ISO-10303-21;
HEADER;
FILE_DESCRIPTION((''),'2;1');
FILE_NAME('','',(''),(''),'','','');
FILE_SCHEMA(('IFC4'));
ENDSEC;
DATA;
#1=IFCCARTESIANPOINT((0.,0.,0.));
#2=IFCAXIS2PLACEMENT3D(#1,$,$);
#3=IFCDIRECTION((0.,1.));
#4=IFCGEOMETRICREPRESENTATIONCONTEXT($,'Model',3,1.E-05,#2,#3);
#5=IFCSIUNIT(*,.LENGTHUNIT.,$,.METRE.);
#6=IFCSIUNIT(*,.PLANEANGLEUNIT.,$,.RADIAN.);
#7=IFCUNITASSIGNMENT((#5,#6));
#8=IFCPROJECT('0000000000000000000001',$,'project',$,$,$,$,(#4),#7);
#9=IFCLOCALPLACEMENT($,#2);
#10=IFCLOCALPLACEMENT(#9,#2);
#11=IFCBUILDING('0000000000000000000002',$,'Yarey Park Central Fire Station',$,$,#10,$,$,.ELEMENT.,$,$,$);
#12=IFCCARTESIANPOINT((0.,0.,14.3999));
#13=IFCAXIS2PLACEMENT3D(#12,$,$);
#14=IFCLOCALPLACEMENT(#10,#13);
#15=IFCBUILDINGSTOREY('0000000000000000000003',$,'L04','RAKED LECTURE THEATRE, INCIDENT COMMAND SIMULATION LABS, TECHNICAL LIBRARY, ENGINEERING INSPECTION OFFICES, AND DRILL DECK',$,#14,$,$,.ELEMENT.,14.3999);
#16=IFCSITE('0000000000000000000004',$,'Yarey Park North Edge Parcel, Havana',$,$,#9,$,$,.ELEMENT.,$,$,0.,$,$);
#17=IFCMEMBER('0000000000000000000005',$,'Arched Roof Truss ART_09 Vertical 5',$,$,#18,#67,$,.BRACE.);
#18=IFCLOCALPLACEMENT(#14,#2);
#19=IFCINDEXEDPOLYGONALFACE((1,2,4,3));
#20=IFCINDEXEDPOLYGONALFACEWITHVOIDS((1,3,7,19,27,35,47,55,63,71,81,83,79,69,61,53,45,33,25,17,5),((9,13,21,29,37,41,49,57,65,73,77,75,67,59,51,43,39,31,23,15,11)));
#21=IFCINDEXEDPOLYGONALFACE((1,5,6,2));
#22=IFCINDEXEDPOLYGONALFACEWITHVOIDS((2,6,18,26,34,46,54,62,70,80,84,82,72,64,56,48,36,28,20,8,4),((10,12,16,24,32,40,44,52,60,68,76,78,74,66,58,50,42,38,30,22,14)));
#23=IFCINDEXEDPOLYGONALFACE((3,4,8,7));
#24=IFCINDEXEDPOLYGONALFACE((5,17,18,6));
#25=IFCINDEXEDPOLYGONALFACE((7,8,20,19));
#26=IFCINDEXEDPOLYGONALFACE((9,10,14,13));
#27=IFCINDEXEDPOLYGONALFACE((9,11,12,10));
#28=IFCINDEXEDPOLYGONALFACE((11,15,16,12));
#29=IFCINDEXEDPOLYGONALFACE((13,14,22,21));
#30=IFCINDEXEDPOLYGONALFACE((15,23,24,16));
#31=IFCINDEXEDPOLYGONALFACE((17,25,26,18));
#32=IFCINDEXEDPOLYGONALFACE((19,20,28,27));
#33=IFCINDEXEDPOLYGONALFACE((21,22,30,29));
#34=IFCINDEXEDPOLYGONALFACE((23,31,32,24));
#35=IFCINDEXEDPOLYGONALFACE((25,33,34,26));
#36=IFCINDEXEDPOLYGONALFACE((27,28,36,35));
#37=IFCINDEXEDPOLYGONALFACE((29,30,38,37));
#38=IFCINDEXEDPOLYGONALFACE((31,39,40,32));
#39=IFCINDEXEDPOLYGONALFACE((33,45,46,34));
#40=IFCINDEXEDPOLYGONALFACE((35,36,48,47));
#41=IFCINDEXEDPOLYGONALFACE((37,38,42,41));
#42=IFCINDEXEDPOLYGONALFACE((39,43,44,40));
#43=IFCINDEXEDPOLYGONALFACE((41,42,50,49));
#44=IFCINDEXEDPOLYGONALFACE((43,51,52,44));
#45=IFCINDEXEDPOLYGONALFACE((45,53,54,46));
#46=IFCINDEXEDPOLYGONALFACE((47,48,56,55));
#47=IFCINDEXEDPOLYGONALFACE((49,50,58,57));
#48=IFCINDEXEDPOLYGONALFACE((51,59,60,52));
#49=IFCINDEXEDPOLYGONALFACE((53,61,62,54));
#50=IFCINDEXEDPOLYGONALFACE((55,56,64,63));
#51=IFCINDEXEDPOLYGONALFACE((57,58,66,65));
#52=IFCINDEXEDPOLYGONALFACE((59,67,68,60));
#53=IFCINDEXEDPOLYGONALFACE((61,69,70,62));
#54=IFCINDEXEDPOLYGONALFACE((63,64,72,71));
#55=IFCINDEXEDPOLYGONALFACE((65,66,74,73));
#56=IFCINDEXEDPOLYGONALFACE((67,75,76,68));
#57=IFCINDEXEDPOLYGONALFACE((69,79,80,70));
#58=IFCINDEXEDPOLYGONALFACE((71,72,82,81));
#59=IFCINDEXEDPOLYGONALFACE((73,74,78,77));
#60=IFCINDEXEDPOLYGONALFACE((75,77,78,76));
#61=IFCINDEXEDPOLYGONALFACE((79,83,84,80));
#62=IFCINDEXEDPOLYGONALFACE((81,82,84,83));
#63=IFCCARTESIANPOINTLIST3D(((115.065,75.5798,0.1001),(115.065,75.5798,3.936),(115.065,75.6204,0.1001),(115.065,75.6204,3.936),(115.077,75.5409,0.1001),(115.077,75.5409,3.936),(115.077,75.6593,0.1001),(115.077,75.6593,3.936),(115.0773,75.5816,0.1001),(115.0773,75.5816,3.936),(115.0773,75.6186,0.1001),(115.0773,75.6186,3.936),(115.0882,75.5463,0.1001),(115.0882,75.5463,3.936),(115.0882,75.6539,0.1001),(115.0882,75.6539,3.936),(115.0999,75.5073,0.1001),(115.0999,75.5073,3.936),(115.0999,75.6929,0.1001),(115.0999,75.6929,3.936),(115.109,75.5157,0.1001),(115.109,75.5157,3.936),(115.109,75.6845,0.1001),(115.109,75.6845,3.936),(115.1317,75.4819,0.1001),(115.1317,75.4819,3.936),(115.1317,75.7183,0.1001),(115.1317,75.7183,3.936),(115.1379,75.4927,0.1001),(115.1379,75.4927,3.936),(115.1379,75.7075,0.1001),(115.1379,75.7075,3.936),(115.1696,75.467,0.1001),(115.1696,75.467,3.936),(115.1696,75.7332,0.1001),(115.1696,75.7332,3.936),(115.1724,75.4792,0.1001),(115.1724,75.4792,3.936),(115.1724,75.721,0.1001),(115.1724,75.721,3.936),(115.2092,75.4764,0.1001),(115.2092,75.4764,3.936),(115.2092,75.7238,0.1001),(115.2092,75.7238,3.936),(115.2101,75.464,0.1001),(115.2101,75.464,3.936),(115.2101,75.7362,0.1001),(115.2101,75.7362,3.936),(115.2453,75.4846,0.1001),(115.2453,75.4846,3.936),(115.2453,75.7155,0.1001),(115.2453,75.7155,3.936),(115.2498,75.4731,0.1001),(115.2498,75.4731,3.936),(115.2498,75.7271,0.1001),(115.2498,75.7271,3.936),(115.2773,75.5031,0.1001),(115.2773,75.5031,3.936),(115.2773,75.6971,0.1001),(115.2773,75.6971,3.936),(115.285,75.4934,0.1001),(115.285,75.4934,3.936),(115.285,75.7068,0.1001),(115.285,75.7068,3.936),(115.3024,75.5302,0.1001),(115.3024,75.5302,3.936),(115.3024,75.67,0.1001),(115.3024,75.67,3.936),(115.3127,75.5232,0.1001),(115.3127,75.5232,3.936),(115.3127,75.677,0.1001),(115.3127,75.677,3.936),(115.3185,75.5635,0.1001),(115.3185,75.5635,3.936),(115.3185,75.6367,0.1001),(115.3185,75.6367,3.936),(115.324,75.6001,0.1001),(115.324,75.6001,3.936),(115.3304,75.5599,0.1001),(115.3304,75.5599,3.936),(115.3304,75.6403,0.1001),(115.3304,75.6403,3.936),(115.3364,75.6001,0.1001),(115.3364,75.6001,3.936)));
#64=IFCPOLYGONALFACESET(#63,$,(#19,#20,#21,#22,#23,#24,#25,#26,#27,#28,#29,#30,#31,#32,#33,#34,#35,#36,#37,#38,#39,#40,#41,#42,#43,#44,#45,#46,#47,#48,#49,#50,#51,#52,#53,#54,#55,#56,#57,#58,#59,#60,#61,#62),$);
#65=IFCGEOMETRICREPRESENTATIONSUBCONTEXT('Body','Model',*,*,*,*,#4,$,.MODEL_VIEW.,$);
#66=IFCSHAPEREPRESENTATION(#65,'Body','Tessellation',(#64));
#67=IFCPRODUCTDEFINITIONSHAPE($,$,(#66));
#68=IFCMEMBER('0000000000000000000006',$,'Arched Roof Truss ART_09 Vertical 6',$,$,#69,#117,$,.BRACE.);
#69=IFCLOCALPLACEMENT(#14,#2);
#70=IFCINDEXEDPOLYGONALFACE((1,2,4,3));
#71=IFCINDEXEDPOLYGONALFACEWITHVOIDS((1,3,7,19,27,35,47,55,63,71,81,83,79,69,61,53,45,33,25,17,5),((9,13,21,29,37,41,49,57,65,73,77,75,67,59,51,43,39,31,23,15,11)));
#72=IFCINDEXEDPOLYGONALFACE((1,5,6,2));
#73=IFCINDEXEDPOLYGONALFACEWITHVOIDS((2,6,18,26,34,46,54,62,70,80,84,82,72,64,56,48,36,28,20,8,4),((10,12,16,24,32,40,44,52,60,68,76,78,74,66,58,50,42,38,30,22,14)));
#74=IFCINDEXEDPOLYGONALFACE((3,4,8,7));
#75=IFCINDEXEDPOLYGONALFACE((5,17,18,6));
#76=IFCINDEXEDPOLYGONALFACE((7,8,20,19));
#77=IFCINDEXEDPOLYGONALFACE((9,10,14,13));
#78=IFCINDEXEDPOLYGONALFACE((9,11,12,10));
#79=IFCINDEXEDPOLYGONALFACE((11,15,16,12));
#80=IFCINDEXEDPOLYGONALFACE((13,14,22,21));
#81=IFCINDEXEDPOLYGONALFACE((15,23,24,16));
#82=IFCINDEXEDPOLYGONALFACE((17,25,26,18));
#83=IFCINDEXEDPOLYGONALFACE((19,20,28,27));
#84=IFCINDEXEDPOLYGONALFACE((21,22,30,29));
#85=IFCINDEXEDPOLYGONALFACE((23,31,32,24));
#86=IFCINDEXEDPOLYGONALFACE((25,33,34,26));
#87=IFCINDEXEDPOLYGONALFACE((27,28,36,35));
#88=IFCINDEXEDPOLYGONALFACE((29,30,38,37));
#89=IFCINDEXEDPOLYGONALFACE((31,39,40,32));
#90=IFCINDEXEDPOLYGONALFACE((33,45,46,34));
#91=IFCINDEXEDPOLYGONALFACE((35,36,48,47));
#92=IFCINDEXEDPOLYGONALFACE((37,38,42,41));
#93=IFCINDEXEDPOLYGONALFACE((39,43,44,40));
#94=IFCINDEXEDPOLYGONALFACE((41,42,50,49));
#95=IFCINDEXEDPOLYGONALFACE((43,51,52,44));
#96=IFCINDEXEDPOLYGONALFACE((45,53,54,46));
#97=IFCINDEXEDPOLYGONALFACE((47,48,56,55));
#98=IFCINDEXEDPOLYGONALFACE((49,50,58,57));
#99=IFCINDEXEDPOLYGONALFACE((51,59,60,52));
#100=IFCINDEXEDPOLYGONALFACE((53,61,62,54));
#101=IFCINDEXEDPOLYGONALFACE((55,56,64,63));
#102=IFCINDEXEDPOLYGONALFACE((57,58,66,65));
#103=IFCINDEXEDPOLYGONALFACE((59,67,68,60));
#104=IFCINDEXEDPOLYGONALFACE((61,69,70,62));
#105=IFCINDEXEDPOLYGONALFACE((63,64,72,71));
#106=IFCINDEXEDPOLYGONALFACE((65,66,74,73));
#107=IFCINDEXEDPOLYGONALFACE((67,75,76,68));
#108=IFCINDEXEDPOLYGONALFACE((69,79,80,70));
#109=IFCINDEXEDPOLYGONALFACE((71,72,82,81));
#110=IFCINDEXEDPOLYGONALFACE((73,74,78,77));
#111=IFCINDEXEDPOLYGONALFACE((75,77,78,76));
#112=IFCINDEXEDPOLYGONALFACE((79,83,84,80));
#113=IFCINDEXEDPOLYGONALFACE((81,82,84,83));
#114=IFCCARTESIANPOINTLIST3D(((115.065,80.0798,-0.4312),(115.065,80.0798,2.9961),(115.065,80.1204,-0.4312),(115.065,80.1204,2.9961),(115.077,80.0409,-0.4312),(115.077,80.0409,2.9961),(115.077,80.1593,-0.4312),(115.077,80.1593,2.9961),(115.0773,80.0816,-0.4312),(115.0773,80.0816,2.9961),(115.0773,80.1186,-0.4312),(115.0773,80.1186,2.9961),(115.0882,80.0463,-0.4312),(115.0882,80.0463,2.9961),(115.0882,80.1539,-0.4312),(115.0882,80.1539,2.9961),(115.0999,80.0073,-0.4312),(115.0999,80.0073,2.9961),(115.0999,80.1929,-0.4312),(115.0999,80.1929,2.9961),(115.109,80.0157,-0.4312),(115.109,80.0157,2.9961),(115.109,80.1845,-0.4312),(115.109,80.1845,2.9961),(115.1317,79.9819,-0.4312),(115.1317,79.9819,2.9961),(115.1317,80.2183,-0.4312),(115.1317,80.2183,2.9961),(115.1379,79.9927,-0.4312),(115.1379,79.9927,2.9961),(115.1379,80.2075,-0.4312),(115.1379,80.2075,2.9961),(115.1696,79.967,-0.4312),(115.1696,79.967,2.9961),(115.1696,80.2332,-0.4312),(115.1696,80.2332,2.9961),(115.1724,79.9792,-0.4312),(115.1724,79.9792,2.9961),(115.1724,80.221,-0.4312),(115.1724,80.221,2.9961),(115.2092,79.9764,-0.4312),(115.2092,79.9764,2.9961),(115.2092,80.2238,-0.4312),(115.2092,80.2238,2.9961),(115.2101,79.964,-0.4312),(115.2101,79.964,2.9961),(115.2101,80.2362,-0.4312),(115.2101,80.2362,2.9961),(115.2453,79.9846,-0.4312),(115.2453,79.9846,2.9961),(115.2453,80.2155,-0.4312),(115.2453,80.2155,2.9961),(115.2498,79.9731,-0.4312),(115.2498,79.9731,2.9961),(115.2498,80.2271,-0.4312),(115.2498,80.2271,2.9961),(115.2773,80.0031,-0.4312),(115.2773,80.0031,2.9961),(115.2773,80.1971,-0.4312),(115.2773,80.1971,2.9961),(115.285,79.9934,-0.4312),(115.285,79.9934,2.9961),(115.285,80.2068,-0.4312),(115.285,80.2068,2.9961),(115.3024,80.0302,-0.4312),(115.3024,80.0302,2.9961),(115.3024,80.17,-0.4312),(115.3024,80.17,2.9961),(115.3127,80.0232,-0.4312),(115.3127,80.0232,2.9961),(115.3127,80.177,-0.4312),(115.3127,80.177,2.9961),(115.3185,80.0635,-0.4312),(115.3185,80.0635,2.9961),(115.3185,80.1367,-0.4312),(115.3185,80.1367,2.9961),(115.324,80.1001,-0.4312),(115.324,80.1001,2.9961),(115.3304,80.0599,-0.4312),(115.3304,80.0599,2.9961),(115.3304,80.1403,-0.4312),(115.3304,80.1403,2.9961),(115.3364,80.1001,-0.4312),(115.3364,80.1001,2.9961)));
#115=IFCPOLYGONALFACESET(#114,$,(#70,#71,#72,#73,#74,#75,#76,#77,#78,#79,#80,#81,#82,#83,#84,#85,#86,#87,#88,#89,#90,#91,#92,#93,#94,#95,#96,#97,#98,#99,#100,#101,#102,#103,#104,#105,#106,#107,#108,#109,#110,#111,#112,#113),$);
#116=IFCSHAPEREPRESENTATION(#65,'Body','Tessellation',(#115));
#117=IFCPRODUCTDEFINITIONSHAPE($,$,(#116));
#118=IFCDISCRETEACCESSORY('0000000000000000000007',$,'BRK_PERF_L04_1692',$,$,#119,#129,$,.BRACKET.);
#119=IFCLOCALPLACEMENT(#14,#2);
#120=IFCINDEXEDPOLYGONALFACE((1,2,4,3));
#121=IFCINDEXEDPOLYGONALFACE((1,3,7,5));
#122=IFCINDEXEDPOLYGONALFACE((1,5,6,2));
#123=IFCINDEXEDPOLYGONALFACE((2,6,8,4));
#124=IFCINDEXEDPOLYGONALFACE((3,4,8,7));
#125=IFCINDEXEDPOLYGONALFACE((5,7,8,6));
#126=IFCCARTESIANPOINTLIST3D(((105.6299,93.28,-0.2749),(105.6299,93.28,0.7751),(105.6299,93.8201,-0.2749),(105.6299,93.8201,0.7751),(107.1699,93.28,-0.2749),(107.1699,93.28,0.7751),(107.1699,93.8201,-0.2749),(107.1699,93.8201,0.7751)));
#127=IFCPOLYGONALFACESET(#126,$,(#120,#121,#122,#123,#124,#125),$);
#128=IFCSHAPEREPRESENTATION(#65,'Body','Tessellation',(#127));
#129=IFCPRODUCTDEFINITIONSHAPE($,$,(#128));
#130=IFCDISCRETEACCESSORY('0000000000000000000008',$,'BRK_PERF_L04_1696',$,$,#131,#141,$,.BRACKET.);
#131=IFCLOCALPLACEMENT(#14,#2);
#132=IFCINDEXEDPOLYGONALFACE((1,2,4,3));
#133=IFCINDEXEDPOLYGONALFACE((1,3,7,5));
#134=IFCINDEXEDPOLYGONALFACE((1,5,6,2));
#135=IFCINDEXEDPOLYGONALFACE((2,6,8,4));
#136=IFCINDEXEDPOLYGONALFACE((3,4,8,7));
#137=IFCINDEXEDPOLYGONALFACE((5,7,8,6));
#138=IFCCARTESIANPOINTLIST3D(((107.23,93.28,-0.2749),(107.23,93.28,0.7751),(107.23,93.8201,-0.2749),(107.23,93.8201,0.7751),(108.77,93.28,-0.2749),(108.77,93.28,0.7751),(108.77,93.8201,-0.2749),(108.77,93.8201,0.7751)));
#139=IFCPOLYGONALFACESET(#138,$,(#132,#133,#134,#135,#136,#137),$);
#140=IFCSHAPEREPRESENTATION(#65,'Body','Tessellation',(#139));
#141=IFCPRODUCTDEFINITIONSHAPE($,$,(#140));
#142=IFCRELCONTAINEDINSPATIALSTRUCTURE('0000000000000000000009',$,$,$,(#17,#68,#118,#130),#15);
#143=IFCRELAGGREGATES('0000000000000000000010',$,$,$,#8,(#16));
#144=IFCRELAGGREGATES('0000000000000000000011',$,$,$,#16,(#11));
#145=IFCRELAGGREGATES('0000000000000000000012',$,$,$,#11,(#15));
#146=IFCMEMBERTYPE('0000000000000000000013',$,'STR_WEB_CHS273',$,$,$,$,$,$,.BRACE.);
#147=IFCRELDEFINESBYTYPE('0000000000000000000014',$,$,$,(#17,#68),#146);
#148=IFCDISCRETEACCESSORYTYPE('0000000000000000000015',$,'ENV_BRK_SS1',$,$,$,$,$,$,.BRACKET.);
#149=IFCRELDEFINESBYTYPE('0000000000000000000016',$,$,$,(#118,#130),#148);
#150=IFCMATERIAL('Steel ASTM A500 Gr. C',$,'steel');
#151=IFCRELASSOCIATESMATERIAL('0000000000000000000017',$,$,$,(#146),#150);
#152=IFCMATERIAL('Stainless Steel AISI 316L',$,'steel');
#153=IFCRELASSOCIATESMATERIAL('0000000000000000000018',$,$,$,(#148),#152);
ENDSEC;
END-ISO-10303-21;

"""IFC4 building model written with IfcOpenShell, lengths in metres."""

from ifc_helpers import new_model, si_unit, direction, frame, origin, origin_2d, place, context, subcontext, project, spatial, rectangle, hollow_circle, extrude, material, material_profile, profile_set, type_object, element, save


model = new_model("IFC4")

# Units and contexts
model_context = context("Model", 3, precision=1e-05, world=origin(), true_north=direction((0.0, 1.0)))
body_context = subcontext(model_context, "Body", "Model", "MODEL_VIEW")
ifc_project = project(units=[si_unit("LENGTHUNIT", "METRE"), si_unit("PLANEANGLEUNIT", "RADIAN")], contexts=[model_context])

# Site, building, storey
site_placement = place(None, origin())
site = spatial("IfcSite", under=ifc_project, at=site_placement, Name="Yarey Park North Edge Parcel, Havana", CompositionType="ELEMENT", RefElevation=0.0)
building_placement = place(site_placement, origin())
building = spatial("IfcBuilding", under=site, at=building_placement, Name="Yarey Park Central Fire Station", CompositionType="ELEMENT")
storey_placement = place(building_placement, frame((0.0, 0.0, 14.3999)))
storey = spatial("IfcBuildingStorey", under=building, at=storey_placement, Name="L04", Description="RAKED LECTURE THEATRE, INCIDENT COMMAND SIMULATION LABS, TECHNICAL LIBRARY, ENGINEERING INSPECTION OFFICES, AND DRILL DECK", CompositionType="ELEMENT", Elevation=14.3999)

# Members
ifc_material_1 = material(Name="Steel ASTM A500 Gr. C", Category="steel")
ifc_material_profile_1 = material_profile(ifc_material_1, hollow_circle(Radius=0.1365, WallThickness=0.0125, at=origin_2d()), Name="CHS 273x12.5")
ifc_profile_set_1 = profile_set([ifc_material_profile_1], Name="Steel ASTM A500 Gr. C")
member_type_1 = type_object("IfcMemberType", Name="STR_WEB_CHS273", PredefinedType="BRACE", material=ifc_profile_set_1)
member_1_placement = place(storey_placement, frame((115.2, 75.6001, 0.1001), z_axis=(0.0, 0.0, 1.0), x_axis=(1.0, 0.0, 0.0)))
element("IfcMember", 1, at=member_1_placement, inside=storey, type_object=member_type_1, Name="Arched Roof Truss ART_09 Vertical 5", PredefinedType="BRACE", context=body_context, shape_type="SweptSolid", body=[
    extrude(hollow_circle(Radius=0.1365, WallThickness=0.0125, at=origin_2d()), origin(), (0.0, 0.0, 1.0), 3.8359),
])
member_2_placement = place(storey_placement, frame((115.2, 80.1001, -0.4312), z_axis=(0.0, 0.0, 1.0), x_axis=(1.0, 0.0, 0.0)))
element("IfcMember", 2, at=member_2_placement, inside=storey, type_object=member_type_1, Name="Arched Roof Truss ART_09 Vertical 6", PredefinedType="BRACE", context=body_context, shape_type="SweptSolid", body=[
    extrude(hollow_circle(Radius=0.1365, WallThickness=0.0125, at=origin_2d()), origin(), (0.0, 0.0, 1.0), 3.4272),
])

# Discrete accessories
ifc_material_2 = material(Name="Stainless Steel AISI 316L", Category="steel")
discrete_accessory_type = type_object("IfcDiscreteAccessoryType", Name="ENV_BRK_SS1", PredefinedType="BRACKET", material=ifc_material_2)
for number, where, z_axis, x_axis, name in (
    (3, (106.3999, 93.55, -0.2749), (0.0, 0.0, 1.0), (1.0, 0.0, 0.0), "BRK_PERF_L04_1692"),
    (4, (108.0, 93.55, -0.2749), (0.0, 0.0, 1.0), (1.0, 0.0, 0.0), "BRK_PERF_L04_1696"),
):
    element("IfcDiscreteAccessory", number, at=place(storey_placement, frame(where, z_axis=z_axis, x_axis=x_axis)), inside=storey, type_object=discrete_accessory_type, Name=name, PredefinedType="BRACKET", context=body_context, shape_type="SweptSolid", body=[
        extrude(rectangle(XDim=1.54, YDim=0.54, at=origin_2d()), origin(), (0.0, 0.0, 1.0), 1.05),
    ])

save(model, "model.ifc")
